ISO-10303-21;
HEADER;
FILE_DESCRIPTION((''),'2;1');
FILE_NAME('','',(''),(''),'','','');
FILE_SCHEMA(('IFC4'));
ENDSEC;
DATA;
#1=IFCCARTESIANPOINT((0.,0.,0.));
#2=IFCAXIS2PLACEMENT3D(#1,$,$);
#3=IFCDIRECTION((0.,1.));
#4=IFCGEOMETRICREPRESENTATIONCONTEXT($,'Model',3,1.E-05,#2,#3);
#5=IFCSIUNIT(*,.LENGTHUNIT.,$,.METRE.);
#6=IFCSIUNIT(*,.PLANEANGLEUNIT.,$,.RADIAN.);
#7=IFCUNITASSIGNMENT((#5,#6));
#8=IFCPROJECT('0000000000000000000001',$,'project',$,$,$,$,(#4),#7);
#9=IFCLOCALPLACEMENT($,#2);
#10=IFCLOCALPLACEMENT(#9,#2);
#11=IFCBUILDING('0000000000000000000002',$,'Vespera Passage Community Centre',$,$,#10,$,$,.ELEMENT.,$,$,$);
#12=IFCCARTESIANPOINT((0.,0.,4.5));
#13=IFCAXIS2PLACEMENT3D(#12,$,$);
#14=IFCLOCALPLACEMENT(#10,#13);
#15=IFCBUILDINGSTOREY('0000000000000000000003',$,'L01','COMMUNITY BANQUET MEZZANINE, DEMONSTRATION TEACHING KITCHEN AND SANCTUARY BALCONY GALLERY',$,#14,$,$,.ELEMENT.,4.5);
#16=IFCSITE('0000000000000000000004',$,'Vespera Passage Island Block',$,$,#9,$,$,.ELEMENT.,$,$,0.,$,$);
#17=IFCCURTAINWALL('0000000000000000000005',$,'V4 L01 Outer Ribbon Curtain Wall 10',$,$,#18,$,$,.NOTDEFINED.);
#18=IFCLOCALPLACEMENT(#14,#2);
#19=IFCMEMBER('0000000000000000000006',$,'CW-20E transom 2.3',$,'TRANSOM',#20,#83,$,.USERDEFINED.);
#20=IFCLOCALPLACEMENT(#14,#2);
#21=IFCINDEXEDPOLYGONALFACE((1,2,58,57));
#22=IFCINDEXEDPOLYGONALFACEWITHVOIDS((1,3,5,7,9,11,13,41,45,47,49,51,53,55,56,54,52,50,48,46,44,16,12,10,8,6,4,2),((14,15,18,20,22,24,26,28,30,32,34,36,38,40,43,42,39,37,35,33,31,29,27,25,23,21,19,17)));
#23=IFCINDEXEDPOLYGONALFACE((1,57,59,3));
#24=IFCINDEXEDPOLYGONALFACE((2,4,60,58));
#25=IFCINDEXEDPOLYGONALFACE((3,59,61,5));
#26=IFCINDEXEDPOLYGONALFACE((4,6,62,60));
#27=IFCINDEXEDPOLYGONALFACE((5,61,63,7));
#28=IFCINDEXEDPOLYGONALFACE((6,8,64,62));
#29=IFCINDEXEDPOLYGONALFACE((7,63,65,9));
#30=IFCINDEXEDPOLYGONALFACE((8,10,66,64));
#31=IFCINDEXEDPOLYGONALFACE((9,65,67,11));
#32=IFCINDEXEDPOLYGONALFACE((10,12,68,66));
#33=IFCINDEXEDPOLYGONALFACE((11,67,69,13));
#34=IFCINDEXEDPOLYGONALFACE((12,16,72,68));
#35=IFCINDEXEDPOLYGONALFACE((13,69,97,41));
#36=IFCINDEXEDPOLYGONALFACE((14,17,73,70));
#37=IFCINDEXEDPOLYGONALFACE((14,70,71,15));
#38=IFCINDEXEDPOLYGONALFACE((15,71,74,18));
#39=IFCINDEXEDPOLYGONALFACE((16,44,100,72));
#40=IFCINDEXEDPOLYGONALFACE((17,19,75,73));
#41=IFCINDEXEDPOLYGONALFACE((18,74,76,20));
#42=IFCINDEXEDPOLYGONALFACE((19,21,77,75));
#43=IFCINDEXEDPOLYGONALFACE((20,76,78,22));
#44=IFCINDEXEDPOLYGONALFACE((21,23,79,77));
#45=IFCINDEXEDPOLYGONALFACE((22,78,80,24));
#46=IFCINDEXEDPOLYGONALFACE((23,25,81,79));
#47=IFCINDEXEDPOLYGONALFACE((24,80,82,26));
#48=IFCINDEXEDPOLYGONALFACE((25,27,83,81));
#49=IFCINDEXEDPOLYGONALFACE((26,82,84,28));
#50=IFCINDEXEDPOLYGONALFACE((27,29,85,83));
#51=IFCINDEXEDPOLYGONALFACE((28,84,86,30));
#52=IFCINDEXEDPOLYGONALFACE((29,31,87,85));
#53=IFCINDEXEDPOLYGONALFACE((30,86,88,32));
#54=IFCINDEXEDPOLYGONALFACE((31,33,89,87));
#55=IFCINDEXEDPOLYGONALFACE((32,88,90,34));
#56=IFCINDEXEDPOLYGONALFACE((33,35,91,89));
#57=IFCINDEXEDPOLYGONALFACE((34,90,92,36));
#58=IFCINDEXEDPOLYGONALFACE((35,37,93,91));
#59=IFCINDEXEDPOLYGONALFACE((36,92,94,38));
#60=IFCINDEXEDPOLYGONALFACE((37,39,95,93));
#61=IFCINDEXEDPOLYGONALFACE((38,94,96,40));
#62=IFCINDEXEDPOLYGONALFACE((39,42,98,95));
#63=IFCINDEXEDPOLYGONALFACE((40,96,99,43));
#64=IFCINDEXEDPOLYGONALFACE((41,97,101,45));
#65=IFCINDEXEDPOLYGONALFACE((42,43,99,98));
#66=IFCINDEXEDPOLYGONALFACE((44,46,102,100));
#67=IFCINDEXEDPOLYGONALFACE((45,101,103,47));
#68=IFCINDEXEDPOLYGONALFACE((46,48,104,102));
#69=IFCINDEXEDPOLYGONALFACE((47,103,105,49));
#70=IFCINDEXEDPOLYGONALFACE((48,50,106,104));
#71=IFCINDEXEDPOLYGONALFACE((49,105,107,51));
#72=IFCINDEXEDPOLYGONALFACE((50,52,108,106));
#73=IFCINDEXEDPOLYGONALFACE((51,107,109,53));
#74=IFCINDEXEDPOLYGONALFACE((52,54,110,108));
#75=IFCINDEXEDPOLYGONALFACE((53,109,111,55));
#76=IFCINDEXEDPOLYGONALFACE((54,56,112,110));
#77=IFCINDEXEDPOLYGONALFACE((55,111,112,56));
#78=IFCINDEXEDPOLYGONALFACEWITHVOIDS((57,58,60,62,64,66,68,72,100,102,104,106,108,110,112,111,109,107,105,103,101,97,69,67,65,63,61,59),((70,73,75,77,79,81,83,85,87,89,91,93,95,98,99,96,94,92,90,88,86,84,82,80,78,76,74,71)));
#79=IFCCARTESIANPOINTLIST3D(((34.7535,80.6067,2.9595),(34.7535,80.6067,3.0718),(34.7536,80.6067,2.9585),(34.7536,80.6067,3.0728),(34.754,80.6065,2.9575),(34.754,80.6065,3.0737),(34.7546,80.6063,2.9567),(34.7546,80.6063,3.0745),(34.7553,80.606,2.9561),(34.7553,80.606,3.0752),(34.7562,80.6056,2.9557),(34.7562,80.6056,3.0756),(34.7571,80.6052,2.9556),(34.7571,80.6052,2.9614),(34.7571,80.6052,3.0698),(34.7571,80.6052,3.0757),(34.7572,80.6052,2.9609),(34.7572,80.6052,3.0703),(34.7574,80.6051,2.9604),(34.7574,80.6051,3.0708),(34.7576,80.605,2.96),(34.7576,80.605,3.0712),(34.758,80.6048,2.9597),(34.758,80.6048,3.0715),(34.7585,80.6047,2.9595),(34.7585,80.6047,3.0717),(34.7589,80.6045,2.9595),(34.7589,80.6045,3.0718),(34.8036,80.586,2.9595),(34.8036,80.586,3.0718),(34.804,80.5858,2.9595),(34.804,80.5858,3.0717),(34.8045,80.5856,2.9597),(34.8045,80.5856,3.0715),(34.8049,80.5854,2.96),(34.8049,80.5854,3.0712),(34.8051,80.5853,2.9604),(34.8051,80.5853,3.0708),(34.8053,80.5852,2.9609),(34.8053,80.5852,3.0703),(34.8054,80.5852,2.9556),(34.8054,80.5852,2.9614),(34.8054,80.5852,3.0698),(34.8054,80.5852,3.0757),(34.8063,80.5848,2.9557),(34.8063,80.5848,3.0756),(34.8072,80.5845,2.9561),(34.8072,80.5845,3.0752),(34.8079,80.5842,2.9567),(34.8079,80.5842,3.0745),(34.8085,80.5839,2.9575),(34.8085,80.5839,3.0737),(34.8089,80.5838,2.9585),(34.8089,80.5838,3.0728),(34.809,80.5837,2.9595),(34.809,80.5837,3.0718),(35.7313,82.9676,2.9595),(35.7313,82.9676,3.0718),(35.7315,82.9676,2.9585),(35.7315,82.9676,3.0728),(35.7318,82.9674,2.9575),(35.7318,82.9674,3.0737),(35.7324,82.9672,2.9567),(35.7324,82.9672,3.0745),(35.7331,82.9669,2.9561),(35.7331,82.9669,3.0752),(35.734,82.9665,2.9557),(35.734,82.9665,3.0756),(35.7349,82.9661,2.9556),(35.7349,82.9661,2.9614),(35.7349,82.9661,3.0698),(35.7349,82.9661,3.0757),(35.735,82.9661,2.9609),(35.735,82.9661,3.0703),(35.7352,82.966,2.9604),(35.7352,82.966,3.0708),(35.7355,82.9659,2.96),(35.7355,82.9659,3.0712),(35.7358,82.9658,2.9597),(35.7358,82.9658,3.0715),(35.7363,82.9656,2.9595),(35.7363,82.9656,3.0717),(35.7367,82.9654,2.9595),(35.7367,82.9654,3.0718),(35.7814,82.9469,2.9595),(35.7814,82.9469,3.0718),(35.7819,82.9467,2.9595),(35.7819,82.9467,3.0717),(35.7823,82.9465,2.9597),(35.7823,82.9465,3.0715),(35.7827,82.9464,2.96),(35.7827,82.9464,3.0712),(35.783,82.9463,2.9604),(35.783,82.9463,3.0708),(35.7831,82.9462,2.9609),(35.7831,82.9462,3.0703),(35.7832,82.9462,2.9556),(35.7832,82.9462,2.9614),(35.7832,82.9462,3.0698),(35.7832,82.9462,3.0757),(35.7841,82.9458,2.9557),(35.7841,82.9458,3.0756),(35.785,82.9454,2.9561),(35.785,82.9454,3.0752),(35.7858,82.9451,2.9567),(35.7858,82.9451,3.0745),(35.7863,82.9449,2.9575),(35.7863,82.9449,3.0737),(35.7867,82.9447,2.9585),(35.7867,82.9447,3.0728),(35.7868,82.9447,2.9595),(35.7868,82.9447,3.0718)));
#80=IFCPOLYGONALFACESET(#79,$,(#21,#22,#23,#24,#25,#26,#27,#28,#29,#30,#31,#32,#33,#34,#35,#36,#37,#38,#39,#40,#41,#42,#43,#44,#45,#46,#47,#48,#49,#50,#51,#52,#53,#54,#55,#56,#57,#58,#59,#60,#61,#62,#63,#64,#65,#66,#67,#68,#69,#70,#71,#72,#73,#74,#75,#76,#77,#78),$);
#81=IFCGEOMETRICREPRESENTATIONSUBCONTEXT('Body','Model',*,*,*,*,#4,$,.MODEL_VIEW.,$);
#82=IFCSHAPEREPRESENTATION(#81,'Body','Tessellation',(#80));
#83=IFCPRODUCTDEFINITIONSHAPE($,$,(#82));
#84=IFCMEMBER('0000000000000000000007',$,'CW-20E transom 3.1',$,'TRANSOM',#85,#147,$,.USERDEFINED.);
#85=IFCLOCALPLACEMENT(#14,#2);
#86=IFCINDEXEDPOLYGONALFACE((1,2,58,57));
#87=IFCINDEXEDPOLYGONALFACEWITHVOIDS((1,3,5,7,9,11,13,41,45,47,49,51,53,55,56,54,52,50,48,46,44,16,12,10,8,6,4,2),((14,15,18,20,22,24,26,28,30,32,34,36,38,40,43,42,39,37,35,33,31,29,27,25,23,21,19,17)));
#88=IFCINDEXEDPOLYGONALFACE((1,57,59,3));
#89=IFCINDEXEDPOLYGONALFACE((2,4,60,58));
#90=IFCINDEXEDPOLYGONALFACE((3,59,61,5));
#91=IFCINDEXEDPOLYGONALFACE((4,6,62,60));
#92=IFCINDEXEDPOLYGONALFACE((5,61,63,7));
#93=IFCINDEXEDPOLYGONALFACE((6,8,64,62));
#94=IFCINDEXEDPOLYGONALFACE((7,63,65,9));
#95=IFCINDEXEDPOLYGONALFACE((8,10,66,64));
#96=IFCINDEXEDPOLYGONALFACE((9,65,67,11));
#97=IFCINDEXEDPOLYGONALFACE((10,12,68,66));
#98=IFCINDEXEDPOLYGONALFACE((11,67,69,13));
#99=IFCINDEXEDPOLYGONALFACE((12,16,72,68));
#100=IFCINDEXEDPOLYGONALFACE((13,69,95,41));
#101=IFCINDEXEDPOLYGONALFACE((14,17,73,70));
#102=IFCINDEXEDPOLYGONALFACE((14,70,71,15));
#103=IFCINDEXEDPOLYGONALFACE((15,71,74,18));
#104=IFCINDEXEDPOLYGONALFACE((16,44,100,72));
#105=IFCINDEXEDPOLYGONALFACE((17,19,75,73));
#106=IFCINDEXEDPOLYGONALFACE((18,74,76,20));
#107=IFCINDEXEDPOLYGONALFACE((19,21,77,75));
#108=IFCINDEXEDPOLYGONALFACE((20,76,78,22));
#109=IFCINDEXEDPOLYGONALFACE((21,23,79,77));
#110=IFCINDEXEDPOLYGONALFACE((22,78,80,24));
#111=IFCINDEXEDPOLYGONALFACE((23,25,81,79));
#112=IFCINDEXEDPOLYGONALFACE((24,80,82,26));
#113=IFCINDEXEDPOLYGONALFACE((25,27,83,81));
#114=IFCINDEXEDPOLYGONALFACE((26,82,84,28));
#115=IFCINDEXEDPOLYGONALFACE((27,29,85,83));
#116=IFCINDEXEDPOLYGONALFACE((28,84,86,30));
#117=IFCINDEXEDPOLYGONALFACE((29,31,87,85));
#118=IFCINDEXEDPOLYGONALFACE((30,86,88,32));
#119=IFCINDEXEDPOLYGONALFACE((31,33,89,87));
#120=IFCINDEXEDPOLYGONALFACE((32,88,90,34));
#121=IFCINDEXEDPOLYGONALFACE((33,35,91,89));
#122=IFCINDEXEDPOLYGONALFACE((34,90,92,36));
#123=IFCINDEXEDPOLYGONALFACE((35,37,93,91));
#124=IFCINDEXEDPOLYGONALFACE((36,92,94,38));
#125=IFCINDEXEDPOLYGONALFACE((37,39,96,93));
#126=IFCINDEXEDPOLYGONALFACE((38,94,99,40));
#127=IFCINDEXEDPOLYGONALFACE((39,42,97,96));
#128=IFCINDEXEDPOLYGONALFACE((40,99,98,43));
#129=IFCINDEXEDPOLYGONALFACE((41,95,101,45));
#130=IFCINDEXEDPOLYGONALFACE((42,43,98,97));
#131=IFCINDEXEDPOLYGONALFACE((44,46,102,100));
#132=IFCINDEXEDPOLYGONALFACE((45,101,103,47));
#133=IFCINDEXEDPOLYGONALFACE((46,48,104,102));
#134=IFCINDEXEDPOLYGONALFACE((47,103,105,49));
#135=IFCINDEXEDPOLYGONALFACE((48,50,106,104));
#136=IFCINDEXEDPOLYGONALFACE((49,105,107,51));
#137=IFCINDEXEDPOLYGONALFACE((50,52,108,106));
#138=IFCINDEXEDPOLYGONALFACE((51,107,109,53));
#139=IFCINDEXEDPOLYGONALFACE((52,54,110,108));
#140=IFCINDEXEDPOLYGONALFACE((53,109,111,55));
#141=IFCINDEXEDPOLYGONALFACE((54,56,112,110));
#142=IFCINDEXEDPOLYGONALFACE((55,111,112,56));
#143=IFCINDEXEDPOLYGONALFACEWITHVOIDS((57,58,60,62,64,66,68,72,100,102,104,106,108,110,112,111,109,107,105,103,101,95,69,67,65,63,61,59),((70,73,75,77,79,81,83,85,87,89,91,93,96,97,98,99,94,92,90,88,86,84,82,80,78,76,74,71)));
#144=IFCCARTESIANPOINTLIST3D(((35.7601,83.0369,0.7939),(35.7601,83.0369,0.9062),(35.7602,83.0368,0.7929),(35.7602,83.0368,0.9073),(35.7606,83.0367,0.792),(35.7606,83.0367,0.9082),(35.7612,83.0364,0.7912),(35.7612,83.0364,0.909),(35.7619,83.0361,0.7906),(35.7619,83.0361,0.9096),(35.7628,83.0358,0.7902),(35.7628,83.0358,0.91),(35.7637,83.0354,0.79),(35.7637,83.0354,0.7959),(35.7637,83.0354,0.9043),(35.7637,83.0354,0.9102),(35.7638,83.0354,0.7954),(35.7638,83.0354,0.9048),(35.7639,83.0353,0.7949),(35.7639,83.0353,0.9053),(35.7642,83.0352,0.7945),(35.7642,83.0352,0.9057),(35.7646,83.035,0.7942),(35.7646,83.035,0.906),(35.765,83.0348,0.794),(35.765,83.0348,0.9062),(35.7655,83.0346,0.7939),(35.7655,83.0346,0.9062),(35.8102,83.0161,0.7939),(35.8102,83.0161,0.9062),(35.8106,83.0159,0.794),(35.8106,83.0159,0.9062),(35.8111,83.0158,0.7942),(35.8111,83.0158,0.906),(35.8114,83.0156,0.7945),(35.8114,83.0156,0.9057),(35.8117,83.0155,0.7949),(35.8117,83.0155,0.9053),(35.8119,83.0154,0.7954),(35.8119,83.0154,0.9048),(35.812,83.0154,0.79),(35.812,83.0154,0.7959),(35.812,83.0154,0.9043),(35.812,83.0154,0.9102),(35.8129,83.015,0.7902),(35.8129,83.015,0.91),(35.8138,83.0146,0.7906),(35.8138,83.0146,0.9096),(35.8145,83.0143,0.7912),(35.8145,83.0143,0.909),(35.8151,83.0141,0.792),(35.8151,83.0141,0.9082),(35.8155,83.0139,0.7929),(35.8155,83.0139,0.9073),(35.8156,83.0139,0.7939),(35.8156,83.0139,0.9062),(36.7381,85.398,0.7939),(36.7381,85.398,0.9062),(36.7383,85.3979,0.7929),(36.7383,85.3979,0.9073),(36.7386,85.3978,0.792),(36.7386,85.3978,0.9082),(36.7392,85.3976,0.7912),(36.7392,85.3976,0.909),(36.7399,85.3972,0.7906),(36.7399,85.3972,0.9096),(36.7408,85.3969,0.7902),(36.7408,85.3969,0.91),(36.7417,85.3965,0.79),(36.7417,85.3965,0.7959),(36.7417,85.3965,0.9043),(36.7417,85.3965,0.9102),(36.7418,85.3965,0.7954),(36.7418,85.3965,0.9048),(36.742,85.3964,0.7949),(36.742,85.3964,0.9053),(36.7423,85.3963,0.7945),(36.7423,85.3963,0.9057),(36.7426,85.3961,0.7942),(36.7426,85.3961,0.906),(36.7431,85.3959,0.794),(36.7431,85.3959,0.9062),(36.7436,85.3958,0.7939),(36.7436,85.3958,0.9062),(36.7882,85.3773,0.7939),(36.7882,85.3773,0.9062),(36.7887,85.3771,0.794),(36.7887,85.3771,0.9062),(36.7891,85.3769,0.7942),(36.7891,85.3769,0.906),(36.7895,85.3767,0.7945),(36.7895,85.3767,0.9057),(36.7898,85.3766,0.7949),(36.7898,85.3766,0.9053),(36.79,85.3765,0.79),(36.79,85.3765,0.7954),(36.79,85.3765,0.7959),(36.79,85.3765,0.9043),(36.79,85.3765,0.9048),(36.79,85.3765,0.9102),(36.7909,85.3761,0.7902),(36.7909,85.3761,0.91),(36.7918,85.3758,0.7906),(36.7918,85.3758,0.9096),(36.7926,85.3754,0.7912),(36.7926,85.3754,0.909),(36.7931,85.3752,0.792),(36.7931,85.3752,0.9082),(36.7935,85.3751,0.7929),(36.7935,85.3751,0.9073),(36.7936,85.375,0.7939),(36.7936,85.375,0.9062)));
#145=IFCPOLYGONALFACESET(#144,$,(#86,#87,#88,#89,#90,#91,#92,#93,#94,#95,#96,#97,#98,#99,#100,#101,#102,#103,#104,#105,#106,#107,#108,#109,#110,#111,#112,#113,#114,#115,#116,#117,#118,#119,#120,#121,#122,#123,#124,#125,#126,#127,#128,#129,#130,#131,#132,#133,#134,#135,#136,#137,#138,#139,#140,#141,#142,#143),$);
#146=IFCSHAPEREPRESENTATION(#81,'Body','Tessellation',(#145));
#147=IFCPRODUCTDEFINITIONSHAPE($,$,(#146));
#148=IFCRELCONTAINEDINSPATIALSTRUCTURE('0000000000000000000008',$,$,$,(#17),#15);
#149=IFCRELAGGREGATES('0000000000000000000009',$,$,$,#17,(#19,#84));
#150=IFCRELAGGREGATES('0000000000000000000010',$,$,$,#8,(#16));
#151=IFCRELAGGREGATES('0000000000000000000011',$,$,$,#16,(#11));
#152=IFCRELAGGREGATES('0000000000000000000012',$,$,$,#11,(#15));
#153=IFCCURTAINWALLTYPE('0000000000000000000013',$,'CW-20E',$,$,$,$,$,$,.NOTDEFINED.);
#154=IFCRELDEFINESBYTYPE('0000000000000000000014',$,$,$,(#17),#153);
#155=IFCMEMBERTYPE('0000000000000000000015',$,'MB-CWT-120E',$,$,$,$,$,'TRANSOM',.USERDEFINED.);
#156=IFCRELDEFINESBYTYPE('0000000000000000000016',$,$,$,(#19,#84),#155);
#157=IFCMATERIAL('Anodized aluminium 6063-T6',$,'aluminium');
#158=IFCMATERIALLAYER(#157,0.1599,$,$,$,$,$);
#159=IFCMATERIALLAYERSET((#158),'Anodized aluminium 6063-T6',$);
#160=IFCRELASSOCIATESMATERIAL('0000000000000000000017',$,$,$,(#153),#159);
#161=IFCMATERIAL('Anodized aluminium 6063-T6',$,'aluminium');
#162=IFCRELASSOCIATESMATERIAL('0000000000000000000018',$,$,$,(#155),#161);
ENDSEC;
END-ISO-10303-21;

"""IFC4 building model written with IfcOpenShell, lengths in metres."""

from ifc_helpers import new_model, si_unit, direction, frame, origin, origin_2d, place, context, subcontext, project, spatial, hollow_rectangle, extrude, material, layer, layer_set, material_profile, profile_set, type_object, element, aggregate, save


model = new_model("IFC4")

# Units and contexts
model_context = context("Model", 3, precision=1e-05, world=origin(), true_north=direction((0.0, 1.0)))
body_context = subcontext(model_context, "Body", "Model", "MODEL_VIEW")
ifc_project = project(units=[si_unit("LENGTHUNIT", "METRE"), si_unit("PLANEANGLEUNIT", "RADIAN")], contexts=[model_context])

# Site, building, storey
site_placement = place(None, origin())
site = spatial("IfcSite", under=ifc_project, at=site_placement, Name="Vespera Passage Island Block", CompositionType="ELEMENT", RefElevation=0.0)
building_placement = place(site_placement, origin())
building = spatial("IfcBuilding", under=site, at=building_placement, Name="Vespera Passage Community Centre", CompositionType="ELEMENT")
storey_placement = place(building_placement, frame((0.0, 0.0, 4.5)))
storey = spatial("IfcBuildingStorey", under=building, at=storey_placement, Name="L01", Description="COMMUNITY BANQUET MEZZANINE, DEMONSTRATION TEACHING KITCHEN AND SANCTUARY BALCONY GALLERY", CompositionType="ELEMENT", Elevation=4.5)

# Curtain wall
ifc_material_1 = material(Name="Anodized aluminium 6063-T6", Category="aluminium")
ifc_layer_1 = layer(ifc_material_1, 0.1599)
ifc_layer_set_1 = layer_set([ifc_layer_1], Name="Anodized aluminium 6063-T6")
curtain_wall_type_1 = type_object("IfcCurtainWallType", Name="CW-20E", PredefinedType="NOTDEFINED", material=ifc_layer_set_1)
curtain_wall_1_placement = place(storey_placement, origin())
curtain_wall_1 = element("IfcCurtainWall", 1, at=curtain_wall_1_placement, inside=storey, type_object=curtain_wall_type_1, Name="V4 L01 Outer Ribbon Curtain Wall 10", PredefinedType="NOTDEFINED")

# Members
ifc_material_2 = material(Name="Anodized aluminium 6063-T6", Category="aluminium")
ifc_material_profile_1 = material_profile(ifc_material_2, hollow_rectangle(XDim=0.0601, YDim=0.1201, WallThickness=0.0039, InnerFilletRadius=0.002, OuterFilletRadius=0.0039, at=origin_2d()), Name="ALU120X60X4")
ifc_profile_set_1 = profile_set([ifc_material_profile_1], Name="Anodized aluminium 6063-T6")
member_type_1 = type_object("IfcMemberType", Name="MB-CWT-120E", ElementType="TRANSOM", PredefinedType="USERDEFINED", material=ifc_profile_set_1)
member_1_placement = place(storey_placement, frame((34.7812, 80.5952, 3.0156), z_axis=(0.382647, 0.923895, 0.0), x_axis=(-0.923895, 0.382647, 0.0)))
member_1 = element("IfcMember", 2, at=member_1_placement, type_object=member_type_1, Name="CW-20E transom 2.3", ObjectType="TRANSOM", PredefinedType="USERDEFINED", context=body_context, shape_type="SweptSolid", body=[
    extrude(hollow_rectangle(XDim=0.0601, YDim=0.1201, WallThickness=0.0039, InnerFilletRadius=0.002, OuterFilletRadius=0.0039, at=origin_2d()), origin(), (0.0, 0.0, 1.0), 2.5554),
])
member_2_placement = place(storey_placement, frame((35.7878, 83.0254, 0.8501), z_axis=(0.382695, 0.923875, 0.0), x_axis=(-0.923875, 0.382695, 0.0)))
member_2 = element("IfcMember", 3, at=member_2_placement, type_object=member_type_1, Name="CW-20E transom 3.1", ObjectType="TRANSOM", PredefinedType="USERDEFINED", context=body_context, shape_type="SweptSolid", body=[
    extrude(hollow_rectangle(XDim=0.0601, YDim=0.1201, WallThickness=0.0039, InnerFilletRadius=0.002, OuterFilletRadius=0.0039, at=origin_2d()), origin(), (0.0, 0.0, 1.0), 2.5557),
])

aggregate(curtain_wall_1, [member_1, member_2])

save(model, "model.ifc")
